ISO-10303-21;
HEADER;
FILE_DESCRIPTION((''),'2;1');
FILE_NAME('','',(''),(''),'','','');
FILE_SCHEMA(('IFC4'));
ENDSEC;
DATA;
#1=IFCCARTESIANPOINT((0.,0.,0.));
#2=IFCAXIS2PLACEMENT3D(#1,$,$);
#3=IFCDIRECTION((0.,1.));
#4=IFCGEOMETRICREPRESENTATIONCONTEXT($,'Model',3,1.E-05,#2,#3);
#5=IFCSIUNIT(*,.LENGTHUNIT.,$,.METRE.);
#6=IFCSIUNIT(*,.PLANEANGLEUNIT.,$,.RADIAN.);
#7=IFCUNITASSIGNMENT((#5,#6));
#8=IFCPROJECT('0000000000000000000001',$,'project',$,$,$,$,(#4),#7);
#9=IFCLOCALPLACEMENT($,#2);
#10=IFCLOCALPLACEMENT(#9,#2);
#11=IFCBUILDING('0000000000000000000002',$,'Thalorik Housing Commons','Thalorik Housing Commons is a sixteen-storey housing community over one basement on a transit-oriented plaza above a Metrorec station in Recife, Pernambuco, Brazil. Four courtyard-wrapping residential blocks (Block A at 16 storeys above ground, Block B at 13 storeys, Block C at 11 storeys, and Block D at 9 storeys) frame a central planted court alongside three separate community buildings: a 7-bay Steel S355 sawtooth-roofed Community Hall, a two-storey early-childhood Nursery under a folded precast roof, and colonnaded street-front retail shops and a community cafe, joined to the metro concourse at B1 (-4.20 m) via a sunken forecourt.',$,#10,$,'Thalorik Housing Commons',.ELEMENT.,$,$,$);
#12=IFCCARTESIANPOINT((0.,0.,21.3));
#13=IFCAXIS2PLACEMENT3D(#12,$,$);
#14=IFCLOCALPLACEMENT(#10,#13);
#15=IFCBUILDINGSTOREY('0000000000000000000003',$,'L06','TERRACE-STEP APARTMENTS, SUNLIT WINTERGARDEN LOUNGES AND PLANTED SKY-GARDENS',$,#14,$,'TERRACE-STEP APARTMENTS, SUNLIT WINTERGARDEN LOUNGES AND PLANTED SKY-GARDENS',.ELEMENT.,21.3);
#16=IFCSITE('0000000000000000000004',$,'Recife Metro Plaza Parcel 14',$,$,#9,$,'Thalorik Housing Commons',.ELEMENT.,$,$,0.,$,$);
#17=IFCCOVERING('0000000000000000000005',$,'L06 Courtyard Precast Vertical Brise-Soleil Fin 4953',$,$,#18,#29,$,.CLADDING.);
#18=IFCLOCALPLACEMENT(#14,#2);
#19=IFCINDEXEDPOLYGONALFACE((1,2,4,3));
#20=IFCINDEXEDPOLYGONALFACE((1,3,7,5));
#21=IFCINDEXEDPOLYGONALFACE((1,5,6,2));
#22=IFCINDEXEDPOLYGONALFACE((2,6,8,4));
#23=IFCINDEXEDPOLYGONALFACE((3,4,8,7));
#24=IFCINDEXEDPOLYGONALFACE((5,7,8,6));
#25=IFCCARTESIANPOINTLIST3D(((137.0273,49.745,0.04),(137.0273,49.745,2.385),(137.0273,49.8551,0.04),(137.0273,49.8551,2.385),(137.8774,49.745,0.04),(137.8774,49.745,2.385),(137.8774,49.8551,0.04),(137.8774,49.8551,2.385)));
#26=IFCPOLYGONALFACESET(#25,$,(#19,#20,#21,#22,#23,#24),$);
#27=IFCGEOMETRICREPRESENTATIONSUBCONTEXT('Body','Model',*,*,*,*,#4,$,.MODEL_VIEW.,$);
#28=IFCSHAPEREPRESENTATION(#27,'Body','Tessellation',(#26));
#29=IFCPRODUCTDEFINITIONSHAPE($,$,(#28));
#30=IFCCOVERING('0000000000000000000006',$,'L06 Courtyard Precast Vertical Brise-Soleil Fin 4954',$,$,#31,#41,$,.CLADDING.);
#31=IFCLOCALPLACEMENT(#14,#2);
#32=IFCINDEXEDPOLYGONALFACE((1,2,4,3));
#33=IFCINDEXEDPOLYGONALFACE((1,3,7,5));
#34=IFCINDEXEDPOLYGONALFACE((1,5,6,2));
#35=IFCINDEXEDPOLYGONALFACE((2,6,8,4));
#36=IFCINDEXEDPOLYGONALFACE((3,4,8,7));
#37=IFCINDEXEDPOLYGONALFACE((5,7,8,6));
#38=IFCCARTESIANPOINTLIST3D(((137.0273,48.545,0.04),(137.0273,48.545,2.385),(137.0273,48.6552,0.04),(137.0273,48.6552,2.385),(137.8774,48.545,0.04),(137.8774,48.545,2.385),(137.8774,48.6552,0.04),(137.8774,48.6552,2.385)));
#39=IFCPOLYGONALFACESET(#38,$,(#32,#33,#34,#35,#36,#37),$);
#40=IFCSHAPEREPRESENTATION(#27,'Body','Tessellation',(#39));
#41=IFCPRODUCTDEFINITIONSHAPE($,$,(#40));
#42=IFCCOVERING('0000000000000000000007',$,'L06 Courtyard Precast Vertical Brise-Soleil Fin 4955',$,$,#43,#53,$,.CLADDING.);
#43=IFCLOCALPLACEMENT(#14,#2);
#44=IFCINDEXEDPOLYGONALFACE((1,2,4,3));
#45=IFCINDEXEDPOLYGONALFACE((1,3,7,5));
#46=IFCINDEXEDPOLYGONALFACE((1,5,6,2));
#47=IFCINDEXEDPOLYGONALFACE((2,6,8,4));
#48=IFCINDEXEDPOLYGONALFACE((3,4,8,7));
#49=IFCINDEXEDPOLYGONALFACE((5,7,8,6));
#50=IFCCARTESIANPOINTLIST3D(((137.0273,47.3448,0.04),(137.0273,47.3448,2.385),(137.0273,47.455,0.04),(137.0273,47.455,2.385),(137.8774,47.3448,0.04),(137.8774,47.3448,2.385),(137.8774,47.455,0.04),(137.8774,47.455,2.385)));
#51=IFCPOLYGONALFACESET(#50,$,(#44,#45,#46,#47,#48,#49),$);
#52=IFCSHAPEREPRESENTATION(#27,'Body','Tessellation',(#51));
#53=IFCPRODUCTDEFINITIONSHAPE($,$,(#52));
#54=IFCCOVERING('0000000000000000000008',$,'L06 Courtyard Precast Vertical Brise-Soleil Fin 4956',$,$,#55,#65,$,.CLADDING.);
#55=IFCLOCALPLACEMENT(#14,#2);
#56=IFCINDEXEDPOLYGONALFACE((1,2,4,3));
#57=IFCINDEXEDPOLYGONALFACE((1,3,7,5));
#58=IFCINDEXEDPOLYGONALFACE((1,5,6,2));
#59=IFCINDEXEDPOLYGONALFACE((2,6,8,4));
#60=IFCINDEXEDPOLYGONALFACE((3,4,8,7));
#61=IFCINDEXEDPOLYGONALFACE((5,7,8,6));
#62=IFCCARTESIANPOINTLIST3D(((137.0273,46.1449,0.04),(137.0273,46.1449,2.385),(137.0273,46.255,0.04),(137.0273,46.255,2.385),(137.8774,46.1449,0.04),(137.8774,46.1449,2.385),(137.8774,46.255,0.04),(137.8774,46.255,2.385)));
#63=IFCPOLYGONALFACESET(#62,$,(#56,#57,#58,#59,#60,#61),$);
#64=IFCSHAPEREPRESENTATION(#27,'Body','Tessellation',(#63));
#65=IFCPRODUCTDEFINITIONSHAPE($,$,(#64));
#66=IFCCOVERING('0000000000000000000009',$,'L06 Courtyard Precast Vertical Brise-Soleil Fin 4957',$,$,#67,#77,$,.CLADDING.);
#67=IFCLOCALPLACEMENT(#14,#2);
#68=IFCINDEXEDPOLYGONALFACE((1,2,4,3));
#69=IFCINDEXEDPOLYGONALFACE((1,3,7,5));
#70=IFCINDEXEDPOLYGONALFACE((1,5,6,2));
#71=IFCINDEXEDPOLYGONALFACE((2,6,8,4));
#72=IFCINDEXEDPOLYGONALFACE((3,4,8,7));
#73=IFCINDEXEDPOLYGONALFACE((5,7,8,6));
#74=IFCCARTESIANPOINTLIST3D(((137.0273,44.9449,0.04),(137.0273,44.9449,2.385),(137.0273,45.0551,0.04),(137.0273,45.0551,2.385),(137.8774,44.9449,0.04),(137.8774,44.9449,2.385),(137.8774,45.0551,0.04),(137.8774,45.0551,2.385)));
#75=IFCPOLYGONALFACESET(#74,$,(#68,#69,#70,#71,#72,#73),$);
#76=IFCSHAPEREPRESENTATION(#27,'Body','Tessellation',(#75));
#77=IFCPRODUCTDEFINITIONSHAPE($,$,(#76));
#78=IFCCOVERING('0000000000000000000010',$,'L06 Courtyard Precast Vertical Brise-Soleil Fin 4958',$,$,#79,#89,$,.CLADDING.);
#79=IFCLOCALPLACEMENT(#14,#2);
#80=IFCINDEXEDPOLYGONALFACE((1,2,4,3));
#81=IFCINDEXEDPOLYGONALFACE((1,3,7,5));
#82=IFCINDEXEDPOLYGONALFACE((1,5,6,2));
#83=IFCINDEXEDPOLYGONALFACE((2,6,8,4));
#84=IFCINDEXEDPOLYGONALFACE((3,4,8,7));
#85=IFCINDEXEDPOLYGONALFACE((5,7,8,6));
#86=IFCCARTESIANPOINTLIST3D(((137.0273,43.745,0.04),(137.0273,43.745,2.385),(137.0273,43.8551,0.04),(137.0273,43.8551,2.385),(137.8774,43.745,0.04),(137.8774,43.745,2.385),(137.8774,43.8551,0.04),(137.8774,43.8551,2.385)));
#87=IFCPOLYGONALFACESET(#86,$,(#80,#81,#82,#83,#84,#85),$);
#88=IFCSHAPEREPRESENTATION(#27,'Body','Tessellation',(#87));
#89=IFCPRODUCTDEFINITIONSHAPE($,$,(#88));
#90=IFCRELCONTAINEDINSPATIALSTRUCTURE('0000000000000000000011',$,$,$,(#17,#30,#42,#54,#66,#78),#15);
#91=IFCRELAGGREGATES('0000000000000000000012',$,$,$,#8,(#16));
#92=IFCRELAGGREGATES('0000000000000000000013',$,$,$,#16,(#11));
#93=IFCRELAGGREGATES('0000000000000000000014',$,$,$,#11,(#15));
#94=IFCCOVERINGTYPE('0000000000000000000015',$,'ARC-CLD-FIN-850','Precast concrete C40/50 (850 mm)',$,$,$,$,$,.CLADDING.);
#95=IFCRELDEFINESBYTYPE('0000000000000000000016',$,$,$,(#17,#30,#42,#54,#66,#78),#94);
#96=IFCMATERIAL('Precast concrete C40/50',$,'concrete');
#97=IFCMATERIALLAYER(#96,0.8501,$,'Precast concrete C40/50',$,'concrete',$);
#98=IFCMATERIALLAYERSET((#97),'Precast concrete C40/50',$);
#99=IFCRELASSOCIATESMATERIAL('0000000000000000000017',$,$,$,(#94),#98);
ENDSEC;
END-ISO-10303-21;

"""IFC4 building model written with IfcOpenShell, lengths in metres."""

from ifc_helpers import new_model, si_unit, direction, frame, origin, origin_2d, place, context, subcontext, project, spatial, rectangle, extrude, material, layer, layer_set, type_object, element, save


model = new_model("IFC4")

# Units and contexts
model_context = context("Model", 3, precision=1e-05, world=origin(), true_north=direction((0.0, 1.0)))
body_context = subcontext(model_context, "Body", "Model", "MODEL_VIEW")
ifc_project = project(units=[si_unit("LENGTHUNIT", "METRE"), si_unit("PLANEANGLEUNIT", "RADIAN")], contexts=[model_context])

# Site, building, storey
site_placement = place(None, origin())
site = spatial("IfcSite", under=ifc_project, at=site_placement, Name="Recife Metro Plaza Parcel 14", LongName="Thalorik Housing Commons", CompositionType="ELEMENT", RefElevation=0.0)
building_placement = place(site_placement, origin())
building = spatial("IfcBuilding", under=site, at=building_placement, Name="Thalorik Housing Commons", Description="Thalorik Housing Commons is a sixteen-storey housing community over one basement on a transit-oriented plaza above a Metrorec station in Recife, Pernambuco, Brazil. Four courtyard-wrapping residential blocks (Block A at 16 storeys above ground, Block B at 13 storeys, Block C at 11 storeys, and Block D at 9 storeys) frame a central planted court alongside three separate community buildings: a 7-bay Steel S355 sawtooth-roofed Community Hall, a two-storey early-childhood Nursery under a folded precast roof, and colonnaded street-front retail shops and a community cafe, joined to the metro concourse at B1 (-4.20 m) via a sunken forecourt.", LongName="Thalorik Housing Commons", CompositionType="ELEMENT")
storey_placement = place(building_placement, frame((0.0, 0.0, 21.3)))
storey = spatial("IfcBuildingStorey", under=building, at=storey_placement, Name="L06", Description="TERRACE-STEP APARTMENTS, SUNLIT WINTERGARDEN LOUNGES AND PLANTED SKY-GARDENS", LongName="TERRACE-STEP APARTMENTS, SUNLIT WINTERGARDEN LOUNGES AND PLANTED SKY-GARDENS", CompositionType="ELEMENT", Elevation=21.3)

# Coverings
ifc_material = material(Name="Precast concrete C40/50", Category="concrete")
ifc_layer = layer(ifc_material, 0.8501, Name="Precast concrete C40/50", Category="concrete")
ifc_layer_set = layer_set([ifc_layer], Name="Precast concrete C40/50")
covering_type = type_object("IfcCoveringType", Name="ARC-CLD-FIN-850", Description="Precast concrete C40/50 (850 mm)", PredefinedType="CLADDING", material=ifc_layer_set)
for number, where, z_axis, x_axis, name in (
    (1, (137.4524, 49.8, 0.04), (0.0, 0.0, 1.0), (0.0, -1.0, 0.0), "L06 Courtyard Precast Vertical Brise-Soleil Fin 4953"),
    (2, (137.4524, 48.6001, 0.04), (0.0, 0.0, 1.0), (0.0, -1.0, 0.0), "L06 Courtyard Precast Vertical Brise-Soleil Fin 4954"),
    (3, (137.4524, 47.3999, 0.04), (0.0, 0.0, 1.0), (0.0, -1.0, 0.0), "L06 Courtyard Precast Vertical Brise-Soleil Fin 4955"),
    (4, (137.4524, 46.2, 0.04), (0.0, 0.0, 1.0), (0.0, -1.0, 0.0), "L06 Courtyard Precast Vertical Brise-Soleil Fin 4956"),
    (5, (137.4524, 45.0, 0.04), (0.0, 0.0, 1.0), (0.0, -1.0, 0.0), "L06 Courtyard Precast Vertical Brise-Soleil Fin 4957"),
    (6, (137.4524, 43.8, 0.04), (0.0, 0.0, 1.0), (0.0, -1.0, 0.0), "L06 Courtyard Precast Vertical Brise-Soleil Fin 4958"),
):
    element("IfcCovering", number, at=place(storey_placement, frame(where, z_axis=z_axis, x_axis=x_axis)), inside=storey, type_object=covering_type, Name=name, PredefinedType="CLADDING", context=body_context, shape_type="SweptSolid", body=[
        extrude(rectangle(XDim=0.1101, YDim=0.8501, at=origin_2d()), origin(), (0.0, 0.0, 1.0), 2.345),
    ])

save(model, "model.ifc")
